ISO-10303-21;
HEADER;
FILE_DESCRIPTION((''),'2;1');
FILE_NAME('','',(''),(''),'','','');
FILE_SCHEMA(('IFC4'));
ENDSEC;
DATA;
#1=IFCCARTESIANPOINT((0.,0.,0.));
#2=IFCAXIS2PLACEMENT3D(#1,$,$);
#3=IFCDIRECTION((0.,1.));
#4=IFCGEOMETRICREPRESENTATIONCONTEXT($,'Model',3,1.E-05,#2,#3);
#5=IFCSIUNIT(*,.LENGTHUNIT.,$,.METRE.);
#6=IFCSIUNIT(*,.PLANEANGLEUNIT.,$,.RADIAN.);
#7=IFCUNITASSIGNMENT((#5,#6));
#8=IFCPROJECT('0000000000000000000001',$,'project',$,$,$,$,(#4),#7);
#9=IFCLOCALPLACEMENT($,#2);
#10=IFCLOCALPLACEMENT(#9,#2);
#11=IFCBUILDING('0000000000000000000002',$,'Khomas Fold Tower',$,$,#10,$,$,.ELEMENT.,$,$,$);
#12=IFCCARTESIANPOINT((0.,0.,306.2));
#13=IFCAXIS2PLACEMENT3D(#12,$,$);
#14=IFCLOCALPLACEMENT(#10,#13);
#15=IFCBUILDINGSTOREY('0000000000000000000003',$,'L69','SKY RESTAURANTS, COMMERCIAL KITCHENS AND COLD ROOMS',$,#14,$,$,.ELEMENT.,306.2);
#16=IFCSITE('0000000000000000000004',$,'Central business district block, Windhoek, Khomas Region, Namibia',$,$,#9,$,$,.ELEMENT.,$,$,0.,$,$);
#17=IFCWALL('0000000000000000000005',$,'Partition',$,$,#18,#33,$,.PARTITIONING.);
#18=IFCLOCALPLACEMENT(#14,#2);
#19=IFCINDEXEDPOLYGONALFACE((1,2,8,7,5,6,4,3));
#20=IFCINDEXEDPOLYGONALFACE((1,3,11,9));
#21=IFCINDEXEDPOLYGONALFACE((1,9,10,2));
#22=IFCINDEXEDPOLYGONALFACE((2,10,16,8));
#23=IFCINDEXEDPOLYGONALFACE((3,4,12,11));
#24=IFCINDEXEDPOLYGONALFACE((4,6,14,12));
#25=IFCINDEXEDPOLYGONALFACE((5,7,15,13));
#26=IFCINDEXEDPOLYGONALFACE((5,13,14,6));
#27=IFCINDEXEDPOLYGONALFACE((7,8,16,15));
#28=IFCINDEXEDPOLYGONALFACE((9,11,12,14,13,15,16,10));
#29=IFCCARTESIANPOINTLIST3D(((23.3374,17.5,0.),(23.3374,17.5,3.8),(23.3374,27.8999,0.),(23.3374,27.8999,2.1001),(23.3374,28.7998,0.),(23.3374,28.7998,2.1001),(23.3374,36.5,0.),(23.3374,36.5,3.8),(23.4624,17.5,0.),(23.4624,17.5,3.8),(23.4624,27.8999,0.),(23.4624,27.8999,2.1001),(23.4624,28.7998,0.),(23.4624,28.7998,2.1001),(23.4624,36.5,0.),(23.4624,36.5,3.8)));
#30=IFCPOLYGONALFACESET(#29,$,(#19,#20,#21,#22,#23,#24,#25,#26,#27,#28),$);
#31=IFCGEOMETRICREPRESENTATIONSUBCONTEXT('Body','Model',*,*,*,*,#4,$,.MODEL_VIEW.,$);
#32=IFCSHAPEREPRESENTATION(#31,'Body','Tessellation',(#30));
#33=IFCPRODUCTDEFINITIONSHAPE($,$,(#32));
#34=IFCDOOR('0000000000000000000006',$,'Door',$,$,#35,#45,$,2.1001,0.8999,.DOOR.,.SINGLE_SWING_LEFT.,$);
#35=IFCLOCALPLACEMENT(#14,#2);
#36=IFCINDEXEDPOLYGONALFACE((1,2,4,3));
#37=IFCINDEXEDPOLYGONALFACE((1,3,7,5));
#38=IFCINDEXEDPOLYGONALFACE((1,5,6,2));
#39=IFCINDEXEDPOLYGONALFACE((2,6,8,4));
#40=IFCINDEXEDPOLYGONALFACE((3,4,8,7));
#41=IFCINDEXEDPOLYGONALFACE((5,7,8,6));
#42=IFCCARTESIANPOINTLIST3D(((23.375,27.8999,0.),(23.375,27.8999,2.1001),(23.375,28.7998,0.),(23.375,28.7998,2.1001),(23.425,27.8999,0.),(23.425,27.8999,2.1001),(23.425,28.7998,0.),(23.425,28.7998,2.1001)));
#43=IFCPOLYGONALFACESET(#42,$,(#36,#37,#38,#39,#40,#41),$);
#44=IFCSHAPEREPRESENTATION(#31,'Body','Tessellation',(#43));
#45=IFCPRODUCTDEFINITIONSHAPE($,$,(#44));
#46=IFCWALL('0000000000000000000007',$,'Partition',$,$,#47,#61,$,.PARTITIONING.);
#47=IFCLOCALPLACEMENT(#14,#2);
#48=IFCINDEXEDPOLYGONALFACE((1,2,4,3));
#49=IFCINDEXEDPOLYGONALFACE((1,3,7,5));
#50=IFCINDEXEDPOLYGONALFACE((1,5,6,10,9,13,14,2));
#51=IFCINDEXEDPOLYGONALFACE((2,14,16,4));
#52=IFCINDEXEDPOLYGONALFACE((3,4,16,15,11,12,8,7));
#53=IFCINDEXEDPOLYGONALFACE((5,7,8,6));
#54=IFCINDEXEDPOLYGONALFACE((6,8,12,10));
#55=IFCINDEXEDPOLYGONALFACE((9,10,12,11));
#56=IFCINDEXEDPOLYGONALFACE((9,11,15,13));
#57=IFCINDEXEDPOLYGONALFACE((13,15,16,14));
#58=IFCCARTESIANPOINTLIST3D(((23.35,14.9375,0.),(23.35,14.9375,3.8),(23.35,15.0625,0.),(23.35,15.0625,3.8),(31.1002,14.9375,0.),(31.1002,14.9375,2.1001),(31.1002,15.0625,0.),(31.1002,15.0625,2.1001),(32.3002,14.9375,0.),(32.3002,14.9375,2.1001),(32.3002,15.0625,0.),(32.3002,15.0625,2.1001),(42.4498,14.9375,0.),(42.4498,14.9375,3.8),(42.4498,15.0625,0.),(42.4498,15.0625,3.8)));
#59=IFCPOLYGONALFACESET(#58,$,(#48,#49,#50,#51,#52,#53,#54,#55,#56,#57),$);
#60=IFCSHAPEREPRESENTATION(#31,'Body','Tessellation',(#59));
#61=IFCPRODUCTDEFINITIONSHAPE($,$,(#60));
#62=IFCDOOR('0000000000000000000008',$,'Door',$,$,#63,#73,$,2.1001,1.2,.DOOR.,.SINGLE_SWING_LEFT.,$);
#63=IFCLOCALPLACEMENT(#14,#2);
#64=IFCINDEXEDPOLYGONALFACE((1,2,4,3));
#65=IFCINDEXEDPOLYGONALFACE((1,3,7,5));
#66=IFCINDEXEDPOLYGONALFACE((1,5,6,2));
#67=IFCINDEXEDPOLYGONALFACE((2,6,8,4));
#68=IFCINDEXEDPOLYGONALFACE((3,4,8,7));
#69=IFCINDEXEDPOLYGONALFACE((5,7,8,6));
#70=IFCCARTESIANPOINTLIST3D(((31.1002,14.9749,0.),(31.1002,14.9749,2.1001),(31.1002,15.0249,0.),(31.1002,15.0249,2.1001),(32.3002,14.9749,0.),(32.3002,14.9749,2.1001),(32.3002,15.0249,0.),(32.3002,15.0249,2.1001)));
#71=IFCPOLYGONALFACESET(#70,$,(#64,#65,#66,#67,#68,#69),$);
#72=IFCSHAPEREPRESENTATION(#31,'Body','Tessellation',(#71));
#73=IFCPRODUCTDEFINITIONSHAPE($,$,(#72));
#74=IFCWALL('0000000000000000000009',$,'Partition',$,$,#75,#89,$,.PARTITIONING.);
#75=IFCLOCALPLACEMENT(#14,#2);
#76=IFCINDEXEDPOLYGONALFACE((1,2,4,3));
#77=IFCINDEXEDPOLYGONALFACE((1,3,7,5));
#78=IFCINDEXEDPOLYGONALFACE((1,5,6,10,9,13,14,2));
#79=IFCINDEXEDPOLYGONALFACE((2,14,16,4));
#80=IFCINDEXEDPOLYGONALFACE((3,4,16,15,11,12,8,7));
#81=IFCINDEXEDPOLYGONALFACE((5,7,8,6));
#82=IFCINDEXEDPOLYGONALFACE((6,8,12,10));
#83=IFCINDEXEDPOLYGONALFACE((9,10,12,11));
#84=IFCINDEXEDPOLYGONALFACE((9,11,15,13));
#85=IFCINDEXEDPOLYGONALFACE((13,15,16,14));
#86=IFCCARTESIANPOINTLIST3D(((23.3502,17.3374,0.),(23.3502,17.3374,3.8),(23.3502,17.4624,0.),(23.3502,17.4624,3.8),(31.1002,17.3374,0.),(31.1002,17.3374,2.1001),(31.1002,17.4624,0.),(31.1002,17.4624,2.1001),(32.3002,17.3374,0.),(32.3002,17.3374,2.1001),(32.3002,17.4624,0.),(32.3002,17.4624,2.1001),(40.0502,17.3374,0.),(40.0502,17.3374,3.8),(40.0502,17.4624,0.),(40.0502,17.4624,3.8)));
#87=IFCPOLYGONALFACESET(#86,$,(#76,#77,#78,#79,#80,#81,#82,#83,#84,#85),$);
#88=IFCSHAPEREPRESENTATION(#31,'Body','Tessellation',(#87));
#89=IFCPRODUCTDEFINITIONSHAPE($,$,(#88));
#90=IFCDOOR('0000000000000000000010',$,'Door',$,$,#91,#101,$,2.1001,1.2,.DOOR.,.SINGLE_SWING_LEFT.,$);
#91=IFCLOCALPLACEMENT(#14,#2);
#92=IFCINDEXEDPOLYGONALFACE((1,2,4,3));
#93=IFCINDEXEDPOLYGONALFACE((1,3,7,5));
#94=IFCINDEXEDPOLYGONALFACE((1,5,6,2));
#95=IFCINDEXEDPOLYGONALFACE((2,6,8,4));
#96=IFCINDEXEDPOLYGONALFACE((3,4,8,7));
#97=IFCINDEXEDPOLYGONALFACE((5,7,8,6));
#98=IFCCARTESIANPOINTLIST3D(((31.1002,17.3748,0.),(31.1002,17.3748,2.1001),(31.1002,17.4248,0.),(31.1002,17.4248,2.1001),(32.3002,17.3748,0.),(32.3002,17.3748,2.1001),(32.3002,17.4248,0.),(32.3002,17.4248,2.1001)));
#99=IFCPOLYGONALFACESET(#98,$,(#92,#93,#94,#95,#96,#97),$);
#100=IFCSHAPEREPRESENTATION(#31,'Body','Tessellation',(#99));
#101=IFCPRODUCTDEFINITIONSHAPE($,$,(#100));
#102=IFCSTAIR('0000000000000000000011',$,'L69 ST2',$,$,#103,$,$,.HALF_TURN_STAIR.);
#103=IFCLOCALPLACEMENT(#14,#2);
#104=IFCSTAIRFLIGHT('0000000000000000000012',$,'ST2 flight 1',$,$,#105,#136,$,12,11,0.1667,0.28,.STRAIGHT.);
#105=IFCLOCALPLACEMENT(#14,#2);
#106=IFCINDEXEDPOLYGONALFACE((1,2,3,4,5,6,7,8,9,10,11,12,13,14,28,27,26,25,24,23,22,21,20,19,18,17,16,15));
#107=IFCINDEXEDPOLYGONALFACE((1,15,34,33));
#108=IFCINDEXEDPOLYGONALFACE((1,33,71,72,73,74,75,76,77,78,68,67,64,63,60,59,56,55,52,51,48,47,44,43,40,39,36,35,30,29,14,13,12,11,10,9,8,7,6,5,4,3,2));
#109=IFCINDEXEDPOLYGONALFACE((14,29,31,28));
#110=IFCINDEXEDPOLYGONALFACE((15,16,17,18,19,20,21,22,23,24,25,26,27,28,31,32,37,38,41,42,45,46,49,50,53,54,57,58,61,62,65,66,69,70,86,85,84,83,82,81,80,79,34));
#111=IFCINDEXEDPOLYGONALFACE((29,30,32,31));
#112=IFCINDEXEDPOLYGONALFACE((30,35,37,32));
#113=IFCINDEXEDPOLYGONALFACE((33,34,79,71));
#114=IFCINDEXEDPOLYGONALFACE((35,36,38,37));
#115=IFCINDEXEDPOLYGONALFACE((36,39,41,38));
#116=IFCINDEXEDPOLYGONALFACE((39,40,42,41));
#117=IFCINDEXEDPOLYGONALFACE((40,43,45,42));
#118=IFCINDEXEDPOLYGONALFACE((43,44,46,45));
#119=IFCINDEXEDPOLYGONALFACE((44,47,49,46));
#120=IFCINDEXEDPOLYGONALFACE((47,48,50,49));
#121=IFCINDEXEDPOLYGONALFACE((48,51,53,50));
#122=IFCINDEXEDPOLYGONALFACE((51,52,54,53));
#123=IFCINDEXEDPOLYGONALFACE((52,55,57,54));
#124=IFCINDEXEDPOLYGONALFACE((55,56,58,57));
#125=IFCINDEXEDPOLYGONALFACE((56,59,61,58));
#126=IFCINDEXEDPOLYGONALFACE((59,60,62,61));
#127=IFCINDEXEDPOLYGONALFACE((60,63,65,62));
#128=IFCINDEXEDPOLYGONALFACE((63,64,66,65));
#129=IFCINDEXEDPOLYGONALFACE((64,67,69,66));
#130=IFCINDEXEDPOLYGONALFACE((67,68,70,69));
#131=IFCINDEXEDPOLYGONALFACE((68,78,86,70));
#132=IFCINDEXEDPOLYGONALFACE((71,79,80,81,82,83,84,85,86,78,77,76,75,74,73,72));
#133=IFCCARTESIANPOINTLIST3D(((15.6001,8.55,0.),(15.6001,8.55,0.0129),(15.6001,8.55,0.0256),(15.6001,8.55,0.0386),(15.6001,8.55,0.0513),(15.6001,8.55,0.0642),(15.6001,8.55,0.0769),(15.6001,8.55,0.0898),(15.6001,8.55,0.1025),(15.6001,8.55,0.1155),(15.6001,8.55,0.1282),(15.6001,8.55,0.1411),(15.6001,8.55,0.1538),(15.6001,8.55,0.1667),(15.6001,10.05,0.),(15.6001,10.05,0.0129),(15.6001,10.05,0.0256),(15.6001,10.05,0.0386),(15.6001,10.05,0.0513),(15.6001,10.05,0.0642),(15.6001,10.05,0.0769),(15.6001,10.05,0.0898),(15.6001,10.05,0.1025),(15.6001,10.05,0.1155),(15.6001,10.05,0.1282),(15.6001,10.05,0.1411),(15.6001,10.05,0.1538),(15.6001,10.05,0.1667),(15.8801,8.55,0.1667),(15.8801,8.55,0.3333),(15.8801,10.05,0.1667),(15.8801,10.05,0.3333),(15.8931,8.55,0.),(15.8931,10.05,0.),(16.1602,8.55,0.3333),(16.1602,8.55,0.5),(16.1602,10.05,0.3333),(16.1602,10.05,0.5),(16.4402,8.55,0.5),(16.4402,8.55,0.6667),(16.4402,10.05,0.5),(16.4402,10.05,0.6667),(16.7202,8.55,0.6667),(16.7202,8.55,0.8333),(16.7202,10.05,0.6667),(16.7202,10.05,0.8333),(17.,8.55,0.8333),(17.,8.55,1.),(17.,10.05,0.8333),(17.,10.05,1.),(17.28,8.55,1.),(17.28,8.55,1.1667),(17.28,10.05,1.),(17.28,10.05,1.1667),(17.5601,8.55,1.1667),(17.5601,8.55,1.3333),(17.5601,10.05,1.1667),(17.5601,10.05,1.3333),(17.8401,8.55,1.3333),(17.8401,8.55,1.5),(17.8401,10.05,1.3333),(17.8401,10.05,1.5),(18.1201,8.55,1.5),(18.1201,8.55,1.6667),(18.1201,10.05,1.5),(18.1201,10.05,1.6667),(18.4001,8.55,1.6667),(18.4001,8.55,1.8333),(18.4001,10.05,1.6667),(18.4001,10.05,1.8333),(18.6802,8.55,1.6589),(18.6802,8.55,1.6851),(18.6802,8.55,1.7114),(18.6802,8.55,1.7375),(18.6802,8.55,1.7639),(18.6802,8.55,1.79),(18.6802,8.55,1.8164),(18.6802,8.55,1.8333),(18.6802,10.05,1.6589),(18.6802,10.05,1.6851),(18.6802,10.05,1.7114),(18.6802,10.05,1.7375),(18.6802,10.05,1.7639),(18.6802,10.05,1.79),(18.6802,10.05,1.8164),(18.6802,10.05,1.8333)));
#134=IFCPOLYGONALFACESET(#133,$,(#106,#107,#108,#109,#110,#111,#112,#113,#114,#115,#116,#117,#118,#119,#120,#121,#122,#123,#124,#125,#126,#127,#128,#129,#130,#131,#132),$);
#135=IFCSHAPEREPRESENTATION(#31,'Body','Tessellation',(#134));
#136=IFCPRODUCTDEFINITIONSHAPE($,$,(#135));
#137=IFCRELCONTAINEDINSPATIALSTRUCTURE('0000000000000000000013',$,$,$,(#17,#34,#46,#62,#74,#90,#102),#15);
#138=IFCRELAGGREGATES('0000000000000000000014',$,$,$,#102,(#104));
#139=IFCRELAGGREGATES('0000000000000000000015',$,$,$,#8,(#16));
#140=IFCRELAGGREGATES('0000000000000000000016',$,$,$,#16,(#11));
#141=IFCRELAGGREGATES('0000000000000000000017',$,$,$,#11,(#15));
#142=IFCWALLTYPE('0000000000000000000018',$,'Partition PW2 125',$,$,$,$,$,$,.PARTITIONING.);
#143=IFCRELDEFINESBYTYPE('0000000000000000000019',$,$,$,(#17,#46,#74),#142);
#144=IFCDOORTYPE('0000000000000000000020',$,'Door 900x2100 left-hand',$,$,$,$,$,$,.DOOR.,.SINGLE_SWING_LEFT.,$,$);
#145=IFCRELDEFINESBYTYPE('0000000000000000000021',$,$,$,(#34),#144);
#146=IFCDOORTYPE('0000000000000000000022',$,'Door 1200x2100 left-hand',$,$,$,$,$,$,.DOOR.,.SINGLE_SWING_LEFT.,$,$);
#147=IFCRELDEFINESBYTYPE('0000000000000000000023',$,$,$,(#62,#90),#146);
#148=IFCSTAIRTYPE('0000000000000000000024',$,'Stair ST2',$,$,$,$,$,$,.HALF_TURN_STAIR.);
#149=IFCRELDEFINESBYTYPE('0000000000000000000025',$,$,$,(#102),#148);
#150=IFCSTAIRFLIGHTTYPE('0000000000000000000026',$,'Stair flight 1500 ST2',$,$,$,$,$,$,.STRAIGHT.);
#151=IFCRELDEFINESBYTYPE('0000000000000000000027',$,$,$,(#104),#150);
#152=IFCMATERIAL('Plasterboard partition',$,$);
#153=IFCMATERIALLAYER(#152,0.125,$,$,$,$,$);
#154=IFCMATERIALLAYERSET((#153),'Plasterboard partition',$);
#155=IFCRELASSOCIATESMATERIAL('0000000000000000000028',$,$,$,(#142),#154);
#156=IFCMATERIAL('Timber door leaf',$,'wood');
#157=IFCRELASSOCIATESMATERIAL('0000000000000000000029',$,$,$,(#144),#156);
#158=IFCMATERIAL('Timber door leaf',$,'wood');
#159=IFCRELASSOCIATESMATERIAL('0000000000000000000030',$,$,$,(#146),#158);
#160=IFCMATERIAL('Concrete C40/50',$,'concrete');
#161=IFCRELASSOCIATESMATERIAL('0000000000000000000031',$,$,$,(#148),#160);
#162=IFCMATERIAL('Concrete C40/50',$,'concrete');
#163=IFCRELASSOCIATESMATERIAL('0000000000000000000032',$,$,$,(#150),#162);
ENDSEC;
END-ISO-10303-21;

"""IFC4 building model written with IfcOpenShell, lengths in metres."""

from ifc_helpers import new_model, si_unit, direction, frame, frame_2d, origin, place, context, subcontext, project, spatial, polyline, rectangle, outline, extrude, source, transform, mapped, material, layer, layer_set, type_object, element, fill, aggregate, save


model = new_model("IFC4")

# Units and contexts
model_context = context("Model", 3, precision=1e-05, world=origin(), true_north=direction((0.0, 1.0)))
body_context = subcontext(model_context, "Body", "Model", "MODEL_VIEW")
ifc_project = project(units=[si_unit("LENGTHUNIT", "METRE"), si_unit("PLANEANGLEUNIT", "RADIAN")], contexts=[model_context])

# Site, building, storey
site_placement = place(None, origin())
site = spatial("IfcSite", under=ifc_project, at=site_placement, Name="Central business district block, Windhoek, Khomas Region, Namibia", CompositionType="ELEMENT", RefElevation=0.0)
building_placement = place(site_placement, origin())
building = spatial("IfcBuilding", under=site, at=building_placement, Name="Khomas Fold Tower", CompositionType="ELEMENT")
storey_placement = place(building_placement, frame((0.0, 0.0, 306.2)))
storey = spatial("IfcBuildingStorey", under=building, at=storey_placement, Name="L69", Description="SKY RESTAURANTS, COMMERCIAL KITCHENS AND COLD ROOMS", CompositionType="ELEMENT", Elevation=306.2)

# Walls, openings, doors
ifc_material_1 = material(Name="Plasterboard partition")
ifc_layer_1 = layer(ifc_material_1, 0.125)
ifc_layer_set_1 = layer_set([ifc_layer_1], Name="Plasterboard partition")
wall_type_1 = type_object("IfcWallType", Name="Partition PW2 125", PredefinedType="PARTITIONING", material=ifc_layer_set_1)
shared_shape_1 = source(origin(), body_context, "Body", "SweptSolid", [
    extrude(rectangle(XDim=19.0, YDim=0.125, at=frame_2d((9.5, 0.0))), origin(), (0.0, 0.0, 1.0), 3.8),
])
wall_1_placement = place(storey_placement, frame((23.3999, 17.5, 0.0), z_axis=(0.0, 0.0, 1.0), x_axis=(0.0, 1.0, 0.0)))
wall_1 = element("IfcWall", 1, at=wall_1_placement, inside=storey, type_object=wall_type_1, Name="Partition", PredefinedType="PARTITIONING", context=body_context, shape_type="MappedRepresentation", body=[
    mapped(shared_shape_1, transform((0.0, 0.0, 0.0))),
])
shared_shape_2 = source(origin(), body_context, "Body", "SweptSolid", [
    extrude(rectangle(XDim=0.8999, YDim=2.1001, at=frame_2d((0.45, 1.05))), frame((0.0, 0.0725, 0.0), z_axis=(0.0, -1.0, 0.0), x_axis=(1.0, 0.0, 0.0)), (0.0, 0.0, 1.0), 0.145),
])
opening_1_placement = place(wall_1_placement, frame((10.3999, 0.0, 0.0)))
opening_1 = element("IfcOpeningElement", 2, at=opening_1_placement, cuts=wall_1, PredefinedType="OPENING", context=body_context, shape_type="MappedRepresentation", body=[
    mapped(shared_shape_2, transform((0.0, 0.0, 0.0))),
])
ifc_material_2 = material(Name="Timber door leaf", Category="wood")
door_type_1 = type_object("IfcDoorType", Name="Door 900x2100 left-hand", OperationType="SINGLE_SWING_LEFT", PredefinedType="DOOR", material=ifc_material_2)
shared_shape_3 = source(origin(), body_context, "Body", "SweptSolid", [
    extrude(rectangle(XDim=0.8999, YDim=2.1001, at=frame_2d((0.45, 1.05))), frame((0.0, 0.0249, 0.0), z_axis=(0.0, -1.0, 0.0), x_axis=(1.0, 0.0, 0.0)), (0.0, 0.0, 1.0), 0.05),
])
door_1_placement = place(opening_1_placement, origin())
door_1 = element("IfcDoor", 3, at=door_1_placement, inside=storey, type_object=door_type_1, Name="Door", OperationType="SINGLE_SWING_LEFT", OverallHeight=2.1001, OverallWidth=0.8999, PredefinedType="DOOR", context=body_context, shape_type="MappedRepresentation", body=[
    mapped(shared_shape_3, transform((0.0, 0.0, 0.0))),
])
fill(opening_1, door_1)
shared_shape_4 = source(origin(), body_context, "Body", "SweptSolid", [
    extrude(rectangle(XDim=19.0999, YDim=0.125, at=frame_2d((9.5498, 0.0))), origin(), (0.0, 0.0, 1.0), 3.8),
])
wall_2_placement = place(storey_placement, frame((23.3501, 15.0, 0.0), z_axis=(0.0, 0.0, 1.0), x_axis=(1.0, 0.0, 0.0)))
wall_2 = element("IfcWall", 4, at=wall_2_placement, inside=storey, type_object=wall_type_1, Name="Partition", PredefinedType="PARTITIONING", context=body_context, shape_type="MappedRepresentation", body=[
    mapped(shared_shape_4, transform((0.0, 0.0, 0.0))),
])
shared_shape_5 = source(origin(), body_context, "Body", "SweptSolid", [
    extrude(rectangle(XDim=1.2, YDim=2.1001, at=frame_2d((0.6001, 1.05))), frame((0.0, 0.0725, 0.0), z_axis=(0.0, -1.0, 0.0), x_axis=(1.0, 0.0, 0.0)), (0.0, 0.0, 1.0), 0.145),
])
opening_2_placement = place(wall_2_placement, frame((7.75, 0.0, 0.0)))
opening_2 = element("IfcOpeningElement", 5, at=opening_2_placement, cuts=wall_2, PredefinedType="OPENING", context=body_context, shape_type="MappedRepresentation", body=[
    mapped(shared_shape_5, transform((0.0, 0.0, 0.0))),
])
ifc_material_3 = material(Name="Timber door leaf", Category="wood")
door_type_2 = type_object("IfcDoorType", Name="Door 1200x2100 left-hand", OperationType="SINGLE_SWING_LEFT", PredefinedType="DOOR", material=ifc_material_3)
shared_shape_6 = source(origin(), body_context, "Body", "SweptSolid", [
    extrude(rectangle(XDim=1.2, YDim=2.1001, at=frame_2d((0.6001, 1.05))), frame((0.0, 0.0249, 0.0), z_axis=(0.0, -1.0, 0.0), x_axis=(1.0, 0.0, 0.0)), (0.0, 0.0, 1.0), 0.05),
])
door_2_placement = place(opening_2_placement, origin())
door_2 = element("IfcDoor", 6, at=door_2_placement, inside=storey, type_object=door_type_2, Name="Door", OperationType="SINGLE_SWING_LEFT", OverallHeight=2.1001, OverallWidth=1.2, PredefinedType="DOOR", context=body_context, shape_type="MappedRepresentation", body=[
    mapped(shared_shape_6, transform((0.0, 0.0, 0.0))),
])
fill(opening_2, door_2)
shared_shape_7 = source(origin(), body_context, "Body", "SweptSolid", [
    extrude(rectangle(XDim=16.7, YDim=0.125, at=frame_2d((8.3501, 0.0))), origin(), (0.0, 0.0, 1.0), 3.8),
])
wall_3_placement = place(storey_placement, frame((23.3501, 17.3999, 0.0), z_axis=(0.0, 0.0, 1.0), x_axis=(1.0, 0.0, 0.0)))
wall_3 = element("IfcWall", 7, at=wall_3_placement, inside=storey, type_object=wall_type_1, Name="Partition", PredefinedType="PARTITIONING", context=body_context, shape_type="MappedRepresentation", body=[
    mapped(shared_shape_7, transform((0.0, 0.0, 0.0))),
])
opening_3_placement = place(wall_3_placement, frame((7.75, 0.0, 0.0)))
opening_3 = element("IfcOpeningElement", 8, at=opening_3_placement, cuts=wall_3, PredefinedType="OPENING", context=body_context, shape_type="MappedRepresentation", body=[
    mapped(shared_shape_5, transform((0.0, 0.0, 0.0))),
])
door_3_placement = place(opening_3_placement, origin())
door_3 = element("IfcDoor", 9, at=door_3_placement, inside=storey, type_object=door_type_2, Name="Door", OperationType="SINGLE_SWING_LEFT", OverallHeight=2.1001, OverallWidth=1.2, PredefinedType="DOOR", context=body_context, shape_type="MappedRepresentation", body=[
    mapped(shared_shape_6, transform((0.0, 0.0, 0.0))),
])
fill(opening_3, door_3)

# Stair, stair flight
ifc_material_4 = material(Name="Concrete C40/50", Category="concrete")
stair_type = type_object("IfcStairType", Name="Stair ST2", PredefinedType="HALF_TURN_STAIR", material=ifc_material_4)
stair_placement = place(storey_placement, origin())
stair = element("IfcStair", 10, at=stair_placement, inside=storey, type_object=stair_type, Name="L69 ST2", PredefinedType="HALF_TURN_STAIR")
ifc_material_5 = material(Name="Concrete C40/50", Category="concrete")
stair_flight_type = type_object("IfcStairFlightType", Name="Stair flight 1500 ST2", PredefinedType="STRAIGHT", material=ifc_material_5)
shared_shape_8 = source(origin(), body_context, "Body", "SweptSolid", [
    extrude(outline(polyline([(0.0, 0.0), (0.0, 0.0129), (0.0, 0.0256), (0.0, 0.0386), (0.0, 0.0513), (0.0, 0.0642), (0.0, 0.0769), (0.0, 0.0898), (0.0, 0.1025), (0.0, 0.1155), (0.0, 0.1282), (0.0, 0.1411), (0.0, 0.1538), (0.0, 0.1667), (0.28, 0.1667), (0.28, 0.3333), (0.5601, 0.3333), (0.5601, 0.5), (0.8401, 0.5), (0.8401, 0.6667), (1.1201, 0.6667), (1.1201, 0.8333), (1.3999, 0.8333), (1.3999, 1.0), (1.6799, 1.0), (1.6799, 1.1667), (1.96, 1.1667), (1.96, 1.3333), (2.24, 1.3333), (2.24, 1.5), (2.52, 1.5), (2.52, 1.6667), (2.8, 1.6667), (2.8, 1.8333), (3.0801, 1.8333), (3.0801, 2.0), (3.0801, 1.9739), (3.0801, 1.9475), (3.0801, 1.9214), (3.0801, 1.895), (3.0801, 1.8689), (3.0801, 1.8425), (3.0801, 1.8164), (3.0801, 1.79), (3.0801, 1.7639), (3.0801, 1.7375), (3.0801, 1.7114), (3.0801, 1.6851), (3.0801, 1.6589), (0.293, 0.0), (0.0, 0.0)])), frame((0.0, 0.75, 0.0), z_axis=(0.0, -1.0, 0.0), x_axis=(1.0, 0.0, 0.0)), (0.0, 0.0, 1.0), 1.5),
])
stair_flight_1_placement = place(storey_placement, frame((15.6001, 9.3, 0.0), z_axis=(0.0, 0.0, 1.0), x_axis=(1.0, 0.0, 0.0)))
stair_flight_1 = element("IfcStairFlight", 11, at=stair_flight_1_placement, type_object=stair_flight_type, Name="ST2 flight 1", NumberOfRisers=12, NumberOfTreads=11, PredefinedType="STRAIGHT", RiserHeight=0.1667, TreadLength=0.28, context=body_context, shape_type="MappedRepresentation", body=[
    mapped(shared_shape_8, transform((0.0, 0.0, 0.0))),
])
aggregate(stair, [stair_flight_1])

save(model, "model.ifc")
